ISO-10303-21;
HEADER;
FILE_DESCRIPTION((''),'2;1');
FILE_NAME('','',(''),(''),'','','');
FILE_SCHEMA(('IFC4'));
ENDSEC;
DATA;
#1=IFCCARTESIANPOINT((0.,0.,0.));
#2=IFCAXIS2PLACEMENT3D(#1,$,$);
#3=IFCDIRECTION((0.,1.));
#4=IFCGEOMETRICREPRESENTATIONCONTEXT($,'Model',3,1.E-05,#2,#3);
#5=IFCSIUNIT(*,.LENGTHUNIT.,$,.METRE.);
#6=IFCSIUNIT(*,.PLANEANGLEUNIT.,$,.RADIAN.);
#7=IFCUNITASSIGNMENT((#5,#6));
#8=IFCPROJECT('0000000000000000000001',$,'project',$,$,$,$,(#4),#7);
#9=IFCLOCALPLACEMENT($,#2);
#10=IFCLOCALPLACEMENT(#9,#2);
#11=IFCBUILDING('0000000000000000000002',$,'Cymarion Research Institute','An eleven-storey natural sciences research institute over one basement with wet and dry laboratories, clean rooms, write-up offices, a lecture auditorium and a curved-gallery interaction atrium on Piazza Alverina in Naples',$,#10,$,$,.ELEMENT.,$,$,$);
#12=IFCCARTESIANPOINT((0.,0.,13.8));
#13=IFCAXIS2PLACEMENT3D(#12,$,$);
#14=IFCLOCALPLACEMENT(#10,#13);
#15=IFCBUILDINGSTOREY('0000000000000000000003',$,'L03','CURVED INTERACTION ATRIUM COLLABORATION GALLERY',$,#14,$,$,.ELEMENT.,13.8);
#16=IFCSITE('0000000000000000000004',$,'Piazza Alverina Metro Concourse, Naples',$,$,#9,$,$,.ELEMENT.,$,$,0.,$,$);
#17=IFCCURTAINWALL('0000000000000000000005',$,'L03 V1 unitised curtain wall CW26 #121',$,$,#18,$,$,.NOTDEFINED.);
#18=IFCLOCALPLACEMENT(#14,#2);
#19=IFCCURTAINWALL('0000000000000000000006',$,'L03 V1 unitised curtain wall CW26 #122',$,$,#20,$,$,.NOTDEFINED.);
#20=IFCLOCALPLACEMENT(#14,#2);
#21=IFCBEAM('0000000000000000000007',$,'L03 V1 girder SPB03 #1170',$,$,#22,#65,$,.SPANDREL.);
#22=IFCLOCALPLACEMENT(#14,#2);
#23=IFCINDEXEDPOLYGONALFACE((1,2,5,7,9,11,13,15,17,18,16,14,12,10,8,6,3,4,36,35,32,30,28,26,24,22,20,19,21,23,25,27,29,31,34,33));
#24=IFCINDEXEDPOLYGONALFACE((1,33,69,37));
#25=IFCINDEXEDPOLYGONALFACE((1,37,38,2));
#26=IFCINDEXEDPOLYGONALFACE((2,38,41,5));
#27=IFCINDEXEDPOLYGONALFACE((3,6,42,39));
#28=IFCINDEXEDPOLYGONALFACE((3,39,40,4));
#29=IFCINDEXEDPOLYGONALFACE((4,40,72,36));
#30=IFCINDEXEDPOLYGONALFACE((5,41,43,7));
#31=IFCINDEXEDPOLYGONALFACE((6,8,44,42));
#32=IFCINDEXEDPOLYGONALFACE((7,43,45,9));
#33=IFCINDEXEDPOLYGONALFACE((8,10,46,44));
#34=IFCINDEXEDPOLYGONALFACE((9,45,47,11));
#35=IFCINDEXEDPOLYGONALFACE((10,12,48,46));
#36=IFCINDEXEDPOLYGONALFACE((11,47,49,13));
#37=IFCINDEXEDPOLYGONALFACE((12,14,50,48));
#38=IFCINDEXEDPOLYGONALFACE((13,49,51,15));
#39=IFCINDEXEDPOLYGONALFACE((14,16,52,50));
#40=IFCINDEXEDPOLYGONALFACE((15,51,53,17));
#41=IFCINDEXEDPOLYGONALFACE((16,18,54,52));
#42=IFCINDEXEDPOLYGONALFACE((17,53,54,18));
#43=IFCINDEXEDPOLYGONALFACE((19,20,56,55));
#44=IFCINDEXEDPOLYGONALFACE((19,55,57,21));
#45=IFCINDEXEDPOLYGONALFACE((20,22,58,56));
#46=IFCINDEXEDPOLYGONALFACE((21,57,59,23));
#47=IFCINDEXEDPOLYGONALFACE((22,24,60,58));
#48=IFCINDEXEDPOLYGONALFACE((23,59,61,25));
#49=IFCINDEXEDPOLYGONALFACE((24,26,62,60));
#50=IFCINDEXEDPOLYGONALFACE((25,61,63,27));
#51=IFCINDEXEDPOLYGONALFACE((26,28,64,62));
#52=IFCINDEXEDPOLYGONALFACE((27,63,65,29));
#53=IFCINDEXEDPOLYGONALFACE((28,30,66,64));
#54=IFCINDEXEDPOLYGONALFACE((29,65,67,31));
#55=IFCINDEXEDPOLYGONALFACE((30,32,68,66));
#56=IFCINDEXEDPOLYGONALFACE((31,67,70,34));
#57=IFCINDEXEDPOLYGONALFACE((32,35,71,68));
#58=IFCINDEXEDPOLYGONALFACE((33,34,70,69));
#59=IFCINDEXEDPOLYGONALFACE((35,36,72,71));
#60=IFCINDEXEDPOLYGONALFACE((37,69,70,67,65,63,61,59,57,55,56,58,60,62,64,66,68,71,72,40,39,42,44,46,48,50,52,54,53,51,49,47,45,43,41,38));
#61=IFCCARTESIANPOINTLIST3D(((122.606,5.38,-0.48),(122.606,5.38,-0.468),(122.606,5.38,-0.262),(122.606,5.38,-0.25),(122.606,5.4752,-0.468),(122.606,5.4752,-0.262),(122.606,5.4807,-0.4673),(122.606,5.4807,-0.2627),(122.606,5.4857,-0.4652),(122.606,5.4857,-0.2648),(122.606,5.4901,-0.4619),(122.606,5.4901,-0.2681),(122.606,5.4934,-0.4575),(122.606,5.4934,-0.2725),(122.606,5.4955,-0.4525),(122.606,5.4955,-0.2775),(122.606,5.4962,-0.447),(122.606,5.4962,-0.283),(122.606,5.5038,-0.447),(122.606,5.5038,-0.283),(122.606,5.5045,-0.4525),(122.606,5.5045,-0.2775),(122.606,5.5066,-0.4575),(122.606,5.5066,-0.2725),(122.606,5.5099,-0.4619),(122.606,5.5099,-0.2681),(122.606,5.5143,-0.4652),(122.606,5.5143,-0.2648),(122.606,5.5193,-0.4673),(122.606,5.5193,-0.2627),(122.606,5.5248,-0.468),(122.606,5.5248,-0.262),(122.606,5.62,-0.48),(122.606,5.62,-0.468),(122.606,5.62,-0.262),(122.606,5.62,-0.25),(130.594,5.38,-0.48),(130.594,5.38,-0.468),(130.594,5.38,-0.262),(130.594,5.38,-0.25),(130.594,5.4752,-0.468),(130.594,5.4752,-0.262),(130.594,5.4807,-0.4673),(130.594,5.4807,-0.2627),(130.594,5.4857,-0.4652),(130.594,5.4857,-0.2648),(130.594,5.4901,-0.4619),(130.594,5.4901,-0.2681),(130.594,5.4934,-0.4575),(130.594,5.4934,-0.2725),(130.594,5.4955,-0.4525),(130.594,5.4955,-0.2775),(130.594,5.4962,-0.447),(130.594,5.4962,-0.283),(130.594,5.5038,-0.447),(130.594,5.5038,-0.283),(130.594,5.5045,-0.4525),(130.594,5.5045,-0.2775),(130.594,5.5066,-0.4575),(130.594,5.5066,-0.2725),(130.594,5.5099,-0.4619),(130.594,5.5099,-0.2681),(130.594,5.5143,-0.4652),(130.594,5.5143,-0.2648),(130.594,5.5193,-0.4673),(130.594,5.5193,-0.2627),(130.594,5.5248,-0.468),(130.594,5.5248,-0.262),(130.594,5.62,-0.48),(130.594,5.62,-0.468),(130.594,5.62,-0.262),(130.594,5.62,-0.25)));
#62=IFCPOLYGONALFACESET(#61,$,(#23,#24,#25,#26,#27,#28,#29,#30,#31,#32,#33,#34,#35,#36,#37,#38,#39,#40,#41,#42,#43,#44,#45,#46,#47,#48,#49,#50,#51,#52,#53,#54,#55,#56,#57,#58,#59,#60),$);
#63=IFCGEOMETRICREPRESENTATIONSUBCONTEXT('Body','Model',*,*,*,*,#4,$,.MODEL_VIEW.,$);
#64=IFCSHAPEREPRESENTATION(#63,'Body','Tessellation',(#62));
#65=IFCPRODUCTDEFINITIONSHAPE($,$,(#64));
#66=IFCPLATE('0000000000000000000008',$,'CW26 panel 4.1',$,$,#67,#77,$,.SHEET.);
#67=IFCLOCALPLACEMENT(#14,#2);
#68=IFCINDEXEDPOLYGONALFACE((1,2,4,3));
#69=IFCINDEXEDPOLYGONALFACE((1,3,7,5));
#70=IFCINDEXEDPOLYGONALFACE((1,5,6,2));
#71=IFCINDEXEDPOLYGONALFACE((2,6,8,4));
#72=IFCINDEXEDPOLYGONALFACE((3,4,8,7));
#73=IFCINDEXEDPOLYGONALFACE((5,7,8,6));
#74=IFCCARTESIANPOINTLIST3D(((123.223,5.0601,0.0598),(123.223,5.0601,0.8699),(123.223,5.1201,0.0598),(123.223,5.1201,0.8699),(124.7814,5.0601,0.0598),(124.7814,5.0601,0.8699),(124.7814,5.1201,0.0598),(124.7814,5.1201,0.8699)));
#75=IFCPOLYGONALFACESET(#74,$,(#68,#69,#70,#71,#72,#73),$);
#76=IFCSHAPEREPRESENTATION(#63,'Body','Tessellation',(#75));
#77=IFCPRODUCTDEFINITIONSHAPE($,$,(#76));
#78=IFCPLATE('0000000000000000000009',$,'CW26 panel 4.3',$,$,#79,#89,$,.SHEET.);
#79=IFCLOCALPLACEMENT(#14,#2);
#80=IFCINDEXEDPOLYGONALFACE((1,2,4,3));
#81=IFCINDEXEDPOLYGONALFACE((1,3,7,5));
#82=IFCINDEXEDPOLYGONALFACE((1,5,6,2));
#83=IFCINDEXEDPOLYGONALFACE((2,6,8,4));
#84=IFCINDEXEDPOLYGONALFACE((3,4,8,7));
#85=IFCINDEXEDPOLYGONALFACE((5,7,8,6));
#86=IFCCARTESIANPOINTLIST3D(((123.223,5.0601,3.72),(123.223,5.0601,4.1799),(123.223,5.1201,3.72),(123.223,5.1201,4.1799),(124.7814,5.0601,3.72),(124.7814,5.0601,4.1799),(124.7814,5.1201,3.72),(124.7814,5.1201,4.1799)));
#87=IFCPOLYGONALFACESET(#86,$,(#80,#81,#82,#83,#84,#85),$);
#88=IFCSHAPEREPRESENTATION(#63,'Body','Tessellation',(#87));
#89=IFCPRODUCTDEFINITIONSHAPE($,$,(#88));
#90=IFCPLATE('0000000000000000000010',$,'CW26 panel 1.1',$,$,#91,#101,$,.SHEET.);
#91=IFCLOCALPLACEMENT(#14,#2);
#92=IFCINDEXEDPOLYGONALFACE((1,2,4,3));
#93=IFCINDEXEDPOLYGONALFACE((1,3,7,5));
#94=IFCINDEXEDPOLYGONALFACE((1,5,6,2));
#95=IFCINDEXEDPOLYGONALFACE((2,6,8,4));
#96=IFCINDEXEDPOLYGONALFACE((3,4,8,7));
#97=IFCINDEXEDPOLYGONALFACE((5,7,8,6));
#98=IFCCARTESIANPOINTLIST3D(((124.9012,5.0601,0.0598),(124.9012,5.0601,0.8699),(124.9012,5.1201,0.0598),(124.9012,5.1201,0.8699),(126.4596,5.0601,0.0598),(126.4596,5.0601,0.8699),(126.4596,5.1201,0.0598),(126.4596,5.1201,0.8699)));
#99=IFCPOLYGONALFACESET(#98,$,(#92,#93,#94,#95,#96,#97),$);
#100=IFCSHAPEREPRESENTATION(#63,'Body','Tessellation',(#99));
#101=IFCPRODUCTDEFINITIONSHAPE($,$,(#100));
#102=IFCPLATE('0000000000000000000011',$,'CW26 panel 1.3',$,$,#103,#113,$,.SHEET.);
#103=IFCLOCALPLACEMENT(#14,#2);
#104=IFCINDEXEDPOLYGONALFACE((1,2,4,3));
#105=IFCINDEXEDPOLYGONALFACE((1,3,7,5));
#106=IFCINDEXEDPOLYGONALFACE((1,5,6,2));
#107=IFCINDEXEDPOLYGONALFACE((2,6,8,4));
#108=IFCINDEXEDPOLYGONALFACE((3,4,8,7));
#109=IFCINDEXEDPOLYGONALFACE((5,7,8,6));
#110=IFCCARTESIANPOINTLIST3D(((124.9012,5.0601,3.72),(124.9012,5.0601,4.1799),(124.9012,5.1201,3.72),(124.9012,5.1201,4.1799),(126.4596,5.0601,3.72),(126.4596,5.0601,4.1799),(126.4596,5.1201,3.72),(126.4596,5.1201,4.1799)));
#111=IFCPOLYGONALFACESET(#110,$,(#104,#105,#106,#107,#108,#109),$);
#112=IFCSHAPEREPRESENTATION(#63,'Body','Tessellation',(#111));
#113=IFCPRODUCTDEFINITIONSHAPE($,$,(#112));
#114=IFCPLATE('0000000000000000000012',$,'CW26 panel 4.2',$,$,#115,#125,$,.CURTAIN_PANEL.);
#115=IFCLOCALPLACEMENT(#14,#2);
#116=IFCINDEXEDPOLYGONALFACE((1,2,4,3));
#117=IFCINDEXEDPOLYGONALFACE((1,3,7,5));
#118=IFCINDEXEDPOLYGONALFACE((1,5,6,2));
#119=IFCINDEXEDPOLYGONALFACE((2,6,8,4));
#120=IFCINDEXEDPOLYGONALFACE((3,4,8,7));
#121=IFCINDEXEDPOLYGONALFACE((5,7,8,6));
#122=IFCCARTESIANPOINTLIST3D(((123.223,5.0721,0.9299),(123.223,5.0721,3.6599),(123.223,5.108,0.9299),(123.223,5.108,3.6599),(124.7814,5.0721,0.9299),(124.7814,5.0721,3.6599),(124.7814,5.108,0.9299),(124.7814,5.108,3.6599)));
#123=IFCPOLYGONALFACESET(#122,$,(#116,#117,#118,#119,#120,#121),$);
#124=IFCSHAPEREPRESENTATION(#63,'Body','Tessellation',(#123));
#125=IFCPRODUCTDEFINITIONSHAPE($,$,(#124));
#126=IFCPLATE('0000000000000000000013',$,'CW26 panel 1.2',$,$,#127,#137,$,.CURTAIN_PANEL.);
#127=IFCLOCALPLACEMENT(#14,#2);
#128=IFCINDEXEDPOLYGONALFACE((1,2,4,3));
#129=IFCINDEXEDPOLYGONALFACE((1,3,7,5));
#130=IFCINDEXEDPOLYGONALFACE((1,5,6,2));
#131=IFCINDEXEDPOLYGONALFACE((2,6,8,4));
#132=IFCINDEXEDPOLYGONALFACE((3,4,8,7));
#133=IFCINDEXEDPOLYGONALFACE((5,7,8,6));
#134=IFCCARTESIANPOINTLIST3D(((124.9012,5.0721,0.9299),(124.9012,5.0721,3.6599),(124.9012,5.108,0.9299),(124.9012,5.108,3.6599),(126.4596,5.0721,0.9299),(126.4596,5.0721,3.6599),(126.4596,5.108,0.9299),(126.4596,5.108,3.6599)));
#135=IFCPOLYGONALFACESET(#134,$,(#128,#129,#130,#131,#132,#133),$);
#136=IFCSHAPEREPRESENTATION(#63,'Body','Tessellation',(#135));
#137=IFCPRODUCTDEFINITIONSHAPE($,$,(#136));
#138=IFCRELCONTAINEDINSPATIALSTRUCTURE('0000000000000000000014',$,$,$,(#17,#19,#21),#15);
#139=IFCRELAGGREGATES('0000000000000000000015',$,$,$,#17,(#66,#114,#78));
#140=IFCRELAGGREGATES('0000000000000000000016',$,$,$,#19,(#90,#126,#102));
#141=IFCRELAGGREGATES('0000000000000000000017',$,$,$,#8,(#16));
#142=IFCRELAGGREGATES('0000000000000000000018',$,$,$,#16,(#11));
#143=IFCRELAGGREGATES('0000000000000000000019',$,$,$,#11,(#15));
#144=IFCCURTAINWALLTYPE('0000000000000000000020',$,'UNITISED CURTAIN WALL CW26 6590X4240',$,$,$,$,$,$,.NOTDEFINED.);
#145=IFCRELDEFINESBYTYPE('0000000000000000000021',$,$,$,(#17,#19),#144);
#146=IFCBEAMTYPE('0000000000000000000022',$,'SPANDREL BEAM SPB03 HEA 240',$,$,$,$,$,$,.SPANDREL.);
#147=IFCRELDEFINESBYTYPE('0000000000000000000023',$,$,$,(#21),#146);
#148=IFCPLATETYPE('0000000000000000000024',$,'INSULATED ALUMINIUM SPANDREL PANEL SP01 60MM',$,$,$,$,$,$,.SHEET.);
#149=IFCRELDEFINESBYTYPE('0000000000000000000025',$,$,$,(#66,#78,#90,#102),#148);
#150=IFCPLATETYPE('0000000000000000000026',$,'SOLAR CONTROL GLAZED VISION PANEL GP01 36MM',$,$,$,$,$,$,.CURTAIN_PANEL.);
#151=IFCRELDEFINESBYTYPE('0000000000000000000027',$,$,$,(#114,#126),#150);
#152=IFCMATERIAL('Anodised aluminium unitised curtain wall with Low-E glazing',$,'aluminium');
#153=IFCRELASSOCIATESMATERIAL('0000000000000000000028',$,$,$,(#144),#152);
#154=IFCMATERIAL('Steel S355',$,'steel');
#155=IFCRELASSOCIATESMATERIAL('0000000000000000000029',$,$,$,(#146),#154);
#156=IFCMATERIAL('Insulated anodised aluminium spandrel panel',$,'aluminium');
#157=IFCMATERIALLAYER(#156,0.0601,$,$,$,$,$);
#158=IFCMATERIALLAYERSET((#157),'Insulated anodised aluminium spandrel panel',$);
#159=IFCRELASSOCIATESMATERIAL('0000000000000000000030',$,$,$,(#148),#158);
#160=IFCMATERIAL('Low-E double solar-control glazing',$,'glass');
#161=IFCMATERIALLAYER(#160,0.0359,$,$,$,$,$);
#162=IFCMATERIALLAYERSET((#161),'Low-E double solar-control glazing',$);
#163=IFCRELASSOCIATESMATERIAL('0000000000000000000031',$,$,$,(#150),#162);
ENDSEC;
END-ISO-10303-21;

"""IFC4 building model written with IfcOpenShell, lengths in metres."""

from ifc_helpers import new_model, si_unit, direction, frame, origin, origin_2d, place, context, subcontext, project, spatial, rectangle, i_section, extrude, material, layer, layer_set, material_profile, profile_set, type_object, element, aggregate, save


model = new_model("IFC4")

# Units and contexts
model_context = context("Model", 3, precision=1e-05, world=origin(), true_north=direction((0.0, 1.0)))
body_context = subcontext(model_context, "Body", "Model", "MODEL_VIEW")
ifc_project = project(units=[si_unit("LENGTHUNIT", "METRE"), si_unit("PLANEANGLEUNIT", "RADIAN")], contexts=[model_context])

# Site, building, storey
site_placement = place(None, origin())
site = spatial("IfcSite", under=ifc_project, at=site_placement, Name="Piazza Alverina Metro Concourse, Naples", CompositionType="ELEMENT", RefElevation=0.0)
building_placement = place(site_placement, origin())
building = spatial("IfcBuilding", under=site, at=building_placement, Name="Cymarion Research Institute", Description="An eleven-storey natural sciences research institute over one basement with wet and dry laboratories, clean rooms, write-up offices, a lecture auditorium and a curved-gallery interaction atrium on Piazza Alverina in Naples", CompositionType="ELEMENT")
storey_placement = place(building_placement, frame((0.0, 0.0, 13.8)))
storey = spatial("IfcBuildingStorey", under=building, at=storey_placement, Name="L03", Description="CURVED INTERACTION ATRIUM COLLABORATION GALLERY", CompositionType="ELEMENT", Elevation=13.8)

# Shared definitions
ifc_material_1 = material(Name="Steel S355", Category="steel")

# Curtain walls
ifc_material_2 = material(Name="Anodised aluminium unitised curtain wall with Low-E glazing", Category="aluminium")
curtain_wall_type = type_object("IfcCurtainWallType", Name="UNITISED CURTAIN WALL CW26 6590X4240", PredefinedType="NOTDEFINED", material=ifc_material_2)
curtain_wall_1_placement = place(storey_placement, origin())
curtain_wall_1 = element("IfcCurtainWall", 1, at=curtain_wall_1_placement, inside=storey, type_object=curtain_wall_type, Name="L03 V1 unitised curtain wall CW26 #121", PredefinedType="NOTDEFINED")
curtain_wall_2_placement = place(storey_placement, origin())
curtain_wall_2 = element("IfcCurtainWall", 2, at=curtain_wall_2_placement, inside=storey, type_object=curtain_wall_type, Name="L03 V1 unitised curtain wall CW26 #122", PredefinedType="NOTDEFINED")

# Beam
ifc_material_profile_1 = material_profile(ifc_material_1, i_section(OverallWidth=0.24, OverallDepth=0.23, WebThickness=0.0076, FlangeThickness=0.012, FilletRadius=0.021, at=origin_2d()), Name="HEA 240")
ifc_profile_set_1 = profile_set([ifc_material_profile_1], Name="Steel S355")
beam_type_1 = type_object("IfcBeamType", Name="SPANDREL BEAM SPB03 HEA 240", PredefinedType="SPANDREL", material=ifc_profile_set_1)
beam_1_placement = place(storey_placement, frame((122.606, 5.5, -0.365), z_axis=(1.0, 0.0, 0.0), x_axis=(0.0, 1.0, 0.0)))
element("IfcBeam", 3, at=beam_1_placement, inside=storey, type_object=beam_type_1, Name="L03 V1 girder SPB03 #1170", PredefinedType="SPANDREL", context=body_context, shape_type="SweptSolid", body=[
    extrude(i_section(OverallWidth=0.24, OverallDepth=0.23, WebThickness=0.0076, FlangeThickness=0.012, FilletRadius=0.021, at=origin_2d()), origin(), (0.0, 0.0, 1.0), 7.988),
])

# Plates
ifc_material_3 = material(Name="Insulated anodised aluminium spandrel panel", Category="aluminium")
ifc_layer_1 = layer(ifc_material_3, 0.0601)
ifc_layer_set_1 = layer_set([ifc_layer_1], Name="Insulated anodised aluminium spandrel panel")
plate_type_1 = type_object("IfcPlateType", Name="INSULATED ALUMINIUM SPANDREL PANEL SP01 60MM", PredefinedType="SHEET", material=ifc_layer_set_1)
plate_1_placement = place(storey_placement, frame((124.0022, 5.0901, 0.0598), z_axis=(0.0, 0.0, 1.0), x_axis=(1.0, 0.0, 0.0)))
plate_1 = element("IfcPlate", 4, at=plate_1_placement, type_object=plate_type_1, Name="CW26 panel 4.1", PredefinedType="SHEET", context=body_context, shape_type="SweptSolid", body=[
    extrude(rectangle(XDim=1.5583, YDim=0.0601, at=origin_2d()), origin(), (0.0, 0.0, 1.0), 0.8101),
])
plate_2_placement = place(storey_placement, frame((124.0022, 5.0901, 3.72), z_axis=(0.0, 0.0, 1.0), x_axis=(1.0, 0.0, 0.0)))
plate_2 = element("IfcPlate", 5, at=plate_2_placement, type_object=plate_type_1, Name="CW26 panel 4.3", PredefinedType="SHEET", context=body_context, shape_type="SweptSolid", body=[
    extrude(rectangle(XDim=1.5583, YDim=0.0601, at=origin_2d()), origin(), (0.0, 0.0, 1.0), 0.46),
])
plate_3_placement = place(storey_placement, frame((125.6804, 5.0901, 0.0598), z_axis=(0.0, 0.0, 1.0), x_axis=(1.0, 0.0, 0.0)))
plate_3 = element("IfcPlate", 6, at=plate_3_placement, type_object=plate_type_1, Name="CW26 panel 1.1", PredefinedType="SHEET", context=body_context, shape_type="SweptSolid", body=[
    extrude(rectangle(XDim=1.5583, YDim=0.0601, at=origin_2d()), origin(), (0.0, 0.0, 1.0), 0.8101),
])
plate_4_placement = place(storey_placement, frame((125.6804, 5.0901, 3.72), z_axis=(0.0, 0.0, 1.0), x_axis=(1.0, 0.0, 0.0)))
plate_4 = element("IfcPlate", 7, at=plate_4_placement, type_object=plate_type_1, Name="CW26 panel 1.3", PredefinedType="SHEET", context=body_context, shape_type="SweptSolid", body=[
    extrude(rectangle(XDim=1.5583, YDim=0.0601, at=origin_2d()), origin(), (0.0, 0.0, 1.0), 0.46),
])
ifc_material_4 = material(Name="Low-E double solar-control glazing", Category="glass")
ifc_layer_2 = layer(ifc_material_4, 0.0359)
ifc_layer_set_2 = layer_set([ifc_layer_2], Name="Low-E double solar-control glazing")
plate_type_2 = type_object("IfcPlateType", Name="SOLAR CONTROL GLAZED VISION PANEL GP01 36MM", PredefinedType="CURTAIN_PANEL", material=ifc_layer_set_2)
plate_5_placement = place(storey_placement, frame((124.0022, 5.0901, 0.9299), z_axis=(0.0, 0.0, 1.0), x_axis=(1.0, 0.0, 0.0)))
plate_5 = element("IfcPlate", 8, at=plate_5_placement, type_object=plate_type_2, Name="CW26 panel 4.2", PredefinedType="CURTAIN_PANEL", context=body_context, shape_type="SweptSolid", body=[
    extrude(rectangle(XDim=1.5583, YDim=0.0359, at=origin_2d()), origin(), (0.0, 0.0, 1.0), 2.73),
])
aggregate(curtain_wall_1, [plate_1, plate_5, plate_2])
plate_6_placement = place(storey_placement, frame((125.6804, 5.0901, 0.9299), z_axis=(0.0, 0.0, 1.0), x_axis=(1.0, 0.0, 0.0)))
plate_6 = element("IfcPlate", 9, at=plate_6_placement, type_object=plate_type_2, Name="CW26 panel 1.2", PredefinedType="CURTAIN_PANEL", context=body_context, shape_type="SweptSolid", body=[
    extrude(rectangle(XDim=1.5583, YDim=0.0359, at=origin_2d()), origin(), (0.0, 0.0, 1.0), 2.73),
])
aggregate(curtain_wall_2, [plate_3, plate_6, plate_4])

save(model, "model.ifc")
